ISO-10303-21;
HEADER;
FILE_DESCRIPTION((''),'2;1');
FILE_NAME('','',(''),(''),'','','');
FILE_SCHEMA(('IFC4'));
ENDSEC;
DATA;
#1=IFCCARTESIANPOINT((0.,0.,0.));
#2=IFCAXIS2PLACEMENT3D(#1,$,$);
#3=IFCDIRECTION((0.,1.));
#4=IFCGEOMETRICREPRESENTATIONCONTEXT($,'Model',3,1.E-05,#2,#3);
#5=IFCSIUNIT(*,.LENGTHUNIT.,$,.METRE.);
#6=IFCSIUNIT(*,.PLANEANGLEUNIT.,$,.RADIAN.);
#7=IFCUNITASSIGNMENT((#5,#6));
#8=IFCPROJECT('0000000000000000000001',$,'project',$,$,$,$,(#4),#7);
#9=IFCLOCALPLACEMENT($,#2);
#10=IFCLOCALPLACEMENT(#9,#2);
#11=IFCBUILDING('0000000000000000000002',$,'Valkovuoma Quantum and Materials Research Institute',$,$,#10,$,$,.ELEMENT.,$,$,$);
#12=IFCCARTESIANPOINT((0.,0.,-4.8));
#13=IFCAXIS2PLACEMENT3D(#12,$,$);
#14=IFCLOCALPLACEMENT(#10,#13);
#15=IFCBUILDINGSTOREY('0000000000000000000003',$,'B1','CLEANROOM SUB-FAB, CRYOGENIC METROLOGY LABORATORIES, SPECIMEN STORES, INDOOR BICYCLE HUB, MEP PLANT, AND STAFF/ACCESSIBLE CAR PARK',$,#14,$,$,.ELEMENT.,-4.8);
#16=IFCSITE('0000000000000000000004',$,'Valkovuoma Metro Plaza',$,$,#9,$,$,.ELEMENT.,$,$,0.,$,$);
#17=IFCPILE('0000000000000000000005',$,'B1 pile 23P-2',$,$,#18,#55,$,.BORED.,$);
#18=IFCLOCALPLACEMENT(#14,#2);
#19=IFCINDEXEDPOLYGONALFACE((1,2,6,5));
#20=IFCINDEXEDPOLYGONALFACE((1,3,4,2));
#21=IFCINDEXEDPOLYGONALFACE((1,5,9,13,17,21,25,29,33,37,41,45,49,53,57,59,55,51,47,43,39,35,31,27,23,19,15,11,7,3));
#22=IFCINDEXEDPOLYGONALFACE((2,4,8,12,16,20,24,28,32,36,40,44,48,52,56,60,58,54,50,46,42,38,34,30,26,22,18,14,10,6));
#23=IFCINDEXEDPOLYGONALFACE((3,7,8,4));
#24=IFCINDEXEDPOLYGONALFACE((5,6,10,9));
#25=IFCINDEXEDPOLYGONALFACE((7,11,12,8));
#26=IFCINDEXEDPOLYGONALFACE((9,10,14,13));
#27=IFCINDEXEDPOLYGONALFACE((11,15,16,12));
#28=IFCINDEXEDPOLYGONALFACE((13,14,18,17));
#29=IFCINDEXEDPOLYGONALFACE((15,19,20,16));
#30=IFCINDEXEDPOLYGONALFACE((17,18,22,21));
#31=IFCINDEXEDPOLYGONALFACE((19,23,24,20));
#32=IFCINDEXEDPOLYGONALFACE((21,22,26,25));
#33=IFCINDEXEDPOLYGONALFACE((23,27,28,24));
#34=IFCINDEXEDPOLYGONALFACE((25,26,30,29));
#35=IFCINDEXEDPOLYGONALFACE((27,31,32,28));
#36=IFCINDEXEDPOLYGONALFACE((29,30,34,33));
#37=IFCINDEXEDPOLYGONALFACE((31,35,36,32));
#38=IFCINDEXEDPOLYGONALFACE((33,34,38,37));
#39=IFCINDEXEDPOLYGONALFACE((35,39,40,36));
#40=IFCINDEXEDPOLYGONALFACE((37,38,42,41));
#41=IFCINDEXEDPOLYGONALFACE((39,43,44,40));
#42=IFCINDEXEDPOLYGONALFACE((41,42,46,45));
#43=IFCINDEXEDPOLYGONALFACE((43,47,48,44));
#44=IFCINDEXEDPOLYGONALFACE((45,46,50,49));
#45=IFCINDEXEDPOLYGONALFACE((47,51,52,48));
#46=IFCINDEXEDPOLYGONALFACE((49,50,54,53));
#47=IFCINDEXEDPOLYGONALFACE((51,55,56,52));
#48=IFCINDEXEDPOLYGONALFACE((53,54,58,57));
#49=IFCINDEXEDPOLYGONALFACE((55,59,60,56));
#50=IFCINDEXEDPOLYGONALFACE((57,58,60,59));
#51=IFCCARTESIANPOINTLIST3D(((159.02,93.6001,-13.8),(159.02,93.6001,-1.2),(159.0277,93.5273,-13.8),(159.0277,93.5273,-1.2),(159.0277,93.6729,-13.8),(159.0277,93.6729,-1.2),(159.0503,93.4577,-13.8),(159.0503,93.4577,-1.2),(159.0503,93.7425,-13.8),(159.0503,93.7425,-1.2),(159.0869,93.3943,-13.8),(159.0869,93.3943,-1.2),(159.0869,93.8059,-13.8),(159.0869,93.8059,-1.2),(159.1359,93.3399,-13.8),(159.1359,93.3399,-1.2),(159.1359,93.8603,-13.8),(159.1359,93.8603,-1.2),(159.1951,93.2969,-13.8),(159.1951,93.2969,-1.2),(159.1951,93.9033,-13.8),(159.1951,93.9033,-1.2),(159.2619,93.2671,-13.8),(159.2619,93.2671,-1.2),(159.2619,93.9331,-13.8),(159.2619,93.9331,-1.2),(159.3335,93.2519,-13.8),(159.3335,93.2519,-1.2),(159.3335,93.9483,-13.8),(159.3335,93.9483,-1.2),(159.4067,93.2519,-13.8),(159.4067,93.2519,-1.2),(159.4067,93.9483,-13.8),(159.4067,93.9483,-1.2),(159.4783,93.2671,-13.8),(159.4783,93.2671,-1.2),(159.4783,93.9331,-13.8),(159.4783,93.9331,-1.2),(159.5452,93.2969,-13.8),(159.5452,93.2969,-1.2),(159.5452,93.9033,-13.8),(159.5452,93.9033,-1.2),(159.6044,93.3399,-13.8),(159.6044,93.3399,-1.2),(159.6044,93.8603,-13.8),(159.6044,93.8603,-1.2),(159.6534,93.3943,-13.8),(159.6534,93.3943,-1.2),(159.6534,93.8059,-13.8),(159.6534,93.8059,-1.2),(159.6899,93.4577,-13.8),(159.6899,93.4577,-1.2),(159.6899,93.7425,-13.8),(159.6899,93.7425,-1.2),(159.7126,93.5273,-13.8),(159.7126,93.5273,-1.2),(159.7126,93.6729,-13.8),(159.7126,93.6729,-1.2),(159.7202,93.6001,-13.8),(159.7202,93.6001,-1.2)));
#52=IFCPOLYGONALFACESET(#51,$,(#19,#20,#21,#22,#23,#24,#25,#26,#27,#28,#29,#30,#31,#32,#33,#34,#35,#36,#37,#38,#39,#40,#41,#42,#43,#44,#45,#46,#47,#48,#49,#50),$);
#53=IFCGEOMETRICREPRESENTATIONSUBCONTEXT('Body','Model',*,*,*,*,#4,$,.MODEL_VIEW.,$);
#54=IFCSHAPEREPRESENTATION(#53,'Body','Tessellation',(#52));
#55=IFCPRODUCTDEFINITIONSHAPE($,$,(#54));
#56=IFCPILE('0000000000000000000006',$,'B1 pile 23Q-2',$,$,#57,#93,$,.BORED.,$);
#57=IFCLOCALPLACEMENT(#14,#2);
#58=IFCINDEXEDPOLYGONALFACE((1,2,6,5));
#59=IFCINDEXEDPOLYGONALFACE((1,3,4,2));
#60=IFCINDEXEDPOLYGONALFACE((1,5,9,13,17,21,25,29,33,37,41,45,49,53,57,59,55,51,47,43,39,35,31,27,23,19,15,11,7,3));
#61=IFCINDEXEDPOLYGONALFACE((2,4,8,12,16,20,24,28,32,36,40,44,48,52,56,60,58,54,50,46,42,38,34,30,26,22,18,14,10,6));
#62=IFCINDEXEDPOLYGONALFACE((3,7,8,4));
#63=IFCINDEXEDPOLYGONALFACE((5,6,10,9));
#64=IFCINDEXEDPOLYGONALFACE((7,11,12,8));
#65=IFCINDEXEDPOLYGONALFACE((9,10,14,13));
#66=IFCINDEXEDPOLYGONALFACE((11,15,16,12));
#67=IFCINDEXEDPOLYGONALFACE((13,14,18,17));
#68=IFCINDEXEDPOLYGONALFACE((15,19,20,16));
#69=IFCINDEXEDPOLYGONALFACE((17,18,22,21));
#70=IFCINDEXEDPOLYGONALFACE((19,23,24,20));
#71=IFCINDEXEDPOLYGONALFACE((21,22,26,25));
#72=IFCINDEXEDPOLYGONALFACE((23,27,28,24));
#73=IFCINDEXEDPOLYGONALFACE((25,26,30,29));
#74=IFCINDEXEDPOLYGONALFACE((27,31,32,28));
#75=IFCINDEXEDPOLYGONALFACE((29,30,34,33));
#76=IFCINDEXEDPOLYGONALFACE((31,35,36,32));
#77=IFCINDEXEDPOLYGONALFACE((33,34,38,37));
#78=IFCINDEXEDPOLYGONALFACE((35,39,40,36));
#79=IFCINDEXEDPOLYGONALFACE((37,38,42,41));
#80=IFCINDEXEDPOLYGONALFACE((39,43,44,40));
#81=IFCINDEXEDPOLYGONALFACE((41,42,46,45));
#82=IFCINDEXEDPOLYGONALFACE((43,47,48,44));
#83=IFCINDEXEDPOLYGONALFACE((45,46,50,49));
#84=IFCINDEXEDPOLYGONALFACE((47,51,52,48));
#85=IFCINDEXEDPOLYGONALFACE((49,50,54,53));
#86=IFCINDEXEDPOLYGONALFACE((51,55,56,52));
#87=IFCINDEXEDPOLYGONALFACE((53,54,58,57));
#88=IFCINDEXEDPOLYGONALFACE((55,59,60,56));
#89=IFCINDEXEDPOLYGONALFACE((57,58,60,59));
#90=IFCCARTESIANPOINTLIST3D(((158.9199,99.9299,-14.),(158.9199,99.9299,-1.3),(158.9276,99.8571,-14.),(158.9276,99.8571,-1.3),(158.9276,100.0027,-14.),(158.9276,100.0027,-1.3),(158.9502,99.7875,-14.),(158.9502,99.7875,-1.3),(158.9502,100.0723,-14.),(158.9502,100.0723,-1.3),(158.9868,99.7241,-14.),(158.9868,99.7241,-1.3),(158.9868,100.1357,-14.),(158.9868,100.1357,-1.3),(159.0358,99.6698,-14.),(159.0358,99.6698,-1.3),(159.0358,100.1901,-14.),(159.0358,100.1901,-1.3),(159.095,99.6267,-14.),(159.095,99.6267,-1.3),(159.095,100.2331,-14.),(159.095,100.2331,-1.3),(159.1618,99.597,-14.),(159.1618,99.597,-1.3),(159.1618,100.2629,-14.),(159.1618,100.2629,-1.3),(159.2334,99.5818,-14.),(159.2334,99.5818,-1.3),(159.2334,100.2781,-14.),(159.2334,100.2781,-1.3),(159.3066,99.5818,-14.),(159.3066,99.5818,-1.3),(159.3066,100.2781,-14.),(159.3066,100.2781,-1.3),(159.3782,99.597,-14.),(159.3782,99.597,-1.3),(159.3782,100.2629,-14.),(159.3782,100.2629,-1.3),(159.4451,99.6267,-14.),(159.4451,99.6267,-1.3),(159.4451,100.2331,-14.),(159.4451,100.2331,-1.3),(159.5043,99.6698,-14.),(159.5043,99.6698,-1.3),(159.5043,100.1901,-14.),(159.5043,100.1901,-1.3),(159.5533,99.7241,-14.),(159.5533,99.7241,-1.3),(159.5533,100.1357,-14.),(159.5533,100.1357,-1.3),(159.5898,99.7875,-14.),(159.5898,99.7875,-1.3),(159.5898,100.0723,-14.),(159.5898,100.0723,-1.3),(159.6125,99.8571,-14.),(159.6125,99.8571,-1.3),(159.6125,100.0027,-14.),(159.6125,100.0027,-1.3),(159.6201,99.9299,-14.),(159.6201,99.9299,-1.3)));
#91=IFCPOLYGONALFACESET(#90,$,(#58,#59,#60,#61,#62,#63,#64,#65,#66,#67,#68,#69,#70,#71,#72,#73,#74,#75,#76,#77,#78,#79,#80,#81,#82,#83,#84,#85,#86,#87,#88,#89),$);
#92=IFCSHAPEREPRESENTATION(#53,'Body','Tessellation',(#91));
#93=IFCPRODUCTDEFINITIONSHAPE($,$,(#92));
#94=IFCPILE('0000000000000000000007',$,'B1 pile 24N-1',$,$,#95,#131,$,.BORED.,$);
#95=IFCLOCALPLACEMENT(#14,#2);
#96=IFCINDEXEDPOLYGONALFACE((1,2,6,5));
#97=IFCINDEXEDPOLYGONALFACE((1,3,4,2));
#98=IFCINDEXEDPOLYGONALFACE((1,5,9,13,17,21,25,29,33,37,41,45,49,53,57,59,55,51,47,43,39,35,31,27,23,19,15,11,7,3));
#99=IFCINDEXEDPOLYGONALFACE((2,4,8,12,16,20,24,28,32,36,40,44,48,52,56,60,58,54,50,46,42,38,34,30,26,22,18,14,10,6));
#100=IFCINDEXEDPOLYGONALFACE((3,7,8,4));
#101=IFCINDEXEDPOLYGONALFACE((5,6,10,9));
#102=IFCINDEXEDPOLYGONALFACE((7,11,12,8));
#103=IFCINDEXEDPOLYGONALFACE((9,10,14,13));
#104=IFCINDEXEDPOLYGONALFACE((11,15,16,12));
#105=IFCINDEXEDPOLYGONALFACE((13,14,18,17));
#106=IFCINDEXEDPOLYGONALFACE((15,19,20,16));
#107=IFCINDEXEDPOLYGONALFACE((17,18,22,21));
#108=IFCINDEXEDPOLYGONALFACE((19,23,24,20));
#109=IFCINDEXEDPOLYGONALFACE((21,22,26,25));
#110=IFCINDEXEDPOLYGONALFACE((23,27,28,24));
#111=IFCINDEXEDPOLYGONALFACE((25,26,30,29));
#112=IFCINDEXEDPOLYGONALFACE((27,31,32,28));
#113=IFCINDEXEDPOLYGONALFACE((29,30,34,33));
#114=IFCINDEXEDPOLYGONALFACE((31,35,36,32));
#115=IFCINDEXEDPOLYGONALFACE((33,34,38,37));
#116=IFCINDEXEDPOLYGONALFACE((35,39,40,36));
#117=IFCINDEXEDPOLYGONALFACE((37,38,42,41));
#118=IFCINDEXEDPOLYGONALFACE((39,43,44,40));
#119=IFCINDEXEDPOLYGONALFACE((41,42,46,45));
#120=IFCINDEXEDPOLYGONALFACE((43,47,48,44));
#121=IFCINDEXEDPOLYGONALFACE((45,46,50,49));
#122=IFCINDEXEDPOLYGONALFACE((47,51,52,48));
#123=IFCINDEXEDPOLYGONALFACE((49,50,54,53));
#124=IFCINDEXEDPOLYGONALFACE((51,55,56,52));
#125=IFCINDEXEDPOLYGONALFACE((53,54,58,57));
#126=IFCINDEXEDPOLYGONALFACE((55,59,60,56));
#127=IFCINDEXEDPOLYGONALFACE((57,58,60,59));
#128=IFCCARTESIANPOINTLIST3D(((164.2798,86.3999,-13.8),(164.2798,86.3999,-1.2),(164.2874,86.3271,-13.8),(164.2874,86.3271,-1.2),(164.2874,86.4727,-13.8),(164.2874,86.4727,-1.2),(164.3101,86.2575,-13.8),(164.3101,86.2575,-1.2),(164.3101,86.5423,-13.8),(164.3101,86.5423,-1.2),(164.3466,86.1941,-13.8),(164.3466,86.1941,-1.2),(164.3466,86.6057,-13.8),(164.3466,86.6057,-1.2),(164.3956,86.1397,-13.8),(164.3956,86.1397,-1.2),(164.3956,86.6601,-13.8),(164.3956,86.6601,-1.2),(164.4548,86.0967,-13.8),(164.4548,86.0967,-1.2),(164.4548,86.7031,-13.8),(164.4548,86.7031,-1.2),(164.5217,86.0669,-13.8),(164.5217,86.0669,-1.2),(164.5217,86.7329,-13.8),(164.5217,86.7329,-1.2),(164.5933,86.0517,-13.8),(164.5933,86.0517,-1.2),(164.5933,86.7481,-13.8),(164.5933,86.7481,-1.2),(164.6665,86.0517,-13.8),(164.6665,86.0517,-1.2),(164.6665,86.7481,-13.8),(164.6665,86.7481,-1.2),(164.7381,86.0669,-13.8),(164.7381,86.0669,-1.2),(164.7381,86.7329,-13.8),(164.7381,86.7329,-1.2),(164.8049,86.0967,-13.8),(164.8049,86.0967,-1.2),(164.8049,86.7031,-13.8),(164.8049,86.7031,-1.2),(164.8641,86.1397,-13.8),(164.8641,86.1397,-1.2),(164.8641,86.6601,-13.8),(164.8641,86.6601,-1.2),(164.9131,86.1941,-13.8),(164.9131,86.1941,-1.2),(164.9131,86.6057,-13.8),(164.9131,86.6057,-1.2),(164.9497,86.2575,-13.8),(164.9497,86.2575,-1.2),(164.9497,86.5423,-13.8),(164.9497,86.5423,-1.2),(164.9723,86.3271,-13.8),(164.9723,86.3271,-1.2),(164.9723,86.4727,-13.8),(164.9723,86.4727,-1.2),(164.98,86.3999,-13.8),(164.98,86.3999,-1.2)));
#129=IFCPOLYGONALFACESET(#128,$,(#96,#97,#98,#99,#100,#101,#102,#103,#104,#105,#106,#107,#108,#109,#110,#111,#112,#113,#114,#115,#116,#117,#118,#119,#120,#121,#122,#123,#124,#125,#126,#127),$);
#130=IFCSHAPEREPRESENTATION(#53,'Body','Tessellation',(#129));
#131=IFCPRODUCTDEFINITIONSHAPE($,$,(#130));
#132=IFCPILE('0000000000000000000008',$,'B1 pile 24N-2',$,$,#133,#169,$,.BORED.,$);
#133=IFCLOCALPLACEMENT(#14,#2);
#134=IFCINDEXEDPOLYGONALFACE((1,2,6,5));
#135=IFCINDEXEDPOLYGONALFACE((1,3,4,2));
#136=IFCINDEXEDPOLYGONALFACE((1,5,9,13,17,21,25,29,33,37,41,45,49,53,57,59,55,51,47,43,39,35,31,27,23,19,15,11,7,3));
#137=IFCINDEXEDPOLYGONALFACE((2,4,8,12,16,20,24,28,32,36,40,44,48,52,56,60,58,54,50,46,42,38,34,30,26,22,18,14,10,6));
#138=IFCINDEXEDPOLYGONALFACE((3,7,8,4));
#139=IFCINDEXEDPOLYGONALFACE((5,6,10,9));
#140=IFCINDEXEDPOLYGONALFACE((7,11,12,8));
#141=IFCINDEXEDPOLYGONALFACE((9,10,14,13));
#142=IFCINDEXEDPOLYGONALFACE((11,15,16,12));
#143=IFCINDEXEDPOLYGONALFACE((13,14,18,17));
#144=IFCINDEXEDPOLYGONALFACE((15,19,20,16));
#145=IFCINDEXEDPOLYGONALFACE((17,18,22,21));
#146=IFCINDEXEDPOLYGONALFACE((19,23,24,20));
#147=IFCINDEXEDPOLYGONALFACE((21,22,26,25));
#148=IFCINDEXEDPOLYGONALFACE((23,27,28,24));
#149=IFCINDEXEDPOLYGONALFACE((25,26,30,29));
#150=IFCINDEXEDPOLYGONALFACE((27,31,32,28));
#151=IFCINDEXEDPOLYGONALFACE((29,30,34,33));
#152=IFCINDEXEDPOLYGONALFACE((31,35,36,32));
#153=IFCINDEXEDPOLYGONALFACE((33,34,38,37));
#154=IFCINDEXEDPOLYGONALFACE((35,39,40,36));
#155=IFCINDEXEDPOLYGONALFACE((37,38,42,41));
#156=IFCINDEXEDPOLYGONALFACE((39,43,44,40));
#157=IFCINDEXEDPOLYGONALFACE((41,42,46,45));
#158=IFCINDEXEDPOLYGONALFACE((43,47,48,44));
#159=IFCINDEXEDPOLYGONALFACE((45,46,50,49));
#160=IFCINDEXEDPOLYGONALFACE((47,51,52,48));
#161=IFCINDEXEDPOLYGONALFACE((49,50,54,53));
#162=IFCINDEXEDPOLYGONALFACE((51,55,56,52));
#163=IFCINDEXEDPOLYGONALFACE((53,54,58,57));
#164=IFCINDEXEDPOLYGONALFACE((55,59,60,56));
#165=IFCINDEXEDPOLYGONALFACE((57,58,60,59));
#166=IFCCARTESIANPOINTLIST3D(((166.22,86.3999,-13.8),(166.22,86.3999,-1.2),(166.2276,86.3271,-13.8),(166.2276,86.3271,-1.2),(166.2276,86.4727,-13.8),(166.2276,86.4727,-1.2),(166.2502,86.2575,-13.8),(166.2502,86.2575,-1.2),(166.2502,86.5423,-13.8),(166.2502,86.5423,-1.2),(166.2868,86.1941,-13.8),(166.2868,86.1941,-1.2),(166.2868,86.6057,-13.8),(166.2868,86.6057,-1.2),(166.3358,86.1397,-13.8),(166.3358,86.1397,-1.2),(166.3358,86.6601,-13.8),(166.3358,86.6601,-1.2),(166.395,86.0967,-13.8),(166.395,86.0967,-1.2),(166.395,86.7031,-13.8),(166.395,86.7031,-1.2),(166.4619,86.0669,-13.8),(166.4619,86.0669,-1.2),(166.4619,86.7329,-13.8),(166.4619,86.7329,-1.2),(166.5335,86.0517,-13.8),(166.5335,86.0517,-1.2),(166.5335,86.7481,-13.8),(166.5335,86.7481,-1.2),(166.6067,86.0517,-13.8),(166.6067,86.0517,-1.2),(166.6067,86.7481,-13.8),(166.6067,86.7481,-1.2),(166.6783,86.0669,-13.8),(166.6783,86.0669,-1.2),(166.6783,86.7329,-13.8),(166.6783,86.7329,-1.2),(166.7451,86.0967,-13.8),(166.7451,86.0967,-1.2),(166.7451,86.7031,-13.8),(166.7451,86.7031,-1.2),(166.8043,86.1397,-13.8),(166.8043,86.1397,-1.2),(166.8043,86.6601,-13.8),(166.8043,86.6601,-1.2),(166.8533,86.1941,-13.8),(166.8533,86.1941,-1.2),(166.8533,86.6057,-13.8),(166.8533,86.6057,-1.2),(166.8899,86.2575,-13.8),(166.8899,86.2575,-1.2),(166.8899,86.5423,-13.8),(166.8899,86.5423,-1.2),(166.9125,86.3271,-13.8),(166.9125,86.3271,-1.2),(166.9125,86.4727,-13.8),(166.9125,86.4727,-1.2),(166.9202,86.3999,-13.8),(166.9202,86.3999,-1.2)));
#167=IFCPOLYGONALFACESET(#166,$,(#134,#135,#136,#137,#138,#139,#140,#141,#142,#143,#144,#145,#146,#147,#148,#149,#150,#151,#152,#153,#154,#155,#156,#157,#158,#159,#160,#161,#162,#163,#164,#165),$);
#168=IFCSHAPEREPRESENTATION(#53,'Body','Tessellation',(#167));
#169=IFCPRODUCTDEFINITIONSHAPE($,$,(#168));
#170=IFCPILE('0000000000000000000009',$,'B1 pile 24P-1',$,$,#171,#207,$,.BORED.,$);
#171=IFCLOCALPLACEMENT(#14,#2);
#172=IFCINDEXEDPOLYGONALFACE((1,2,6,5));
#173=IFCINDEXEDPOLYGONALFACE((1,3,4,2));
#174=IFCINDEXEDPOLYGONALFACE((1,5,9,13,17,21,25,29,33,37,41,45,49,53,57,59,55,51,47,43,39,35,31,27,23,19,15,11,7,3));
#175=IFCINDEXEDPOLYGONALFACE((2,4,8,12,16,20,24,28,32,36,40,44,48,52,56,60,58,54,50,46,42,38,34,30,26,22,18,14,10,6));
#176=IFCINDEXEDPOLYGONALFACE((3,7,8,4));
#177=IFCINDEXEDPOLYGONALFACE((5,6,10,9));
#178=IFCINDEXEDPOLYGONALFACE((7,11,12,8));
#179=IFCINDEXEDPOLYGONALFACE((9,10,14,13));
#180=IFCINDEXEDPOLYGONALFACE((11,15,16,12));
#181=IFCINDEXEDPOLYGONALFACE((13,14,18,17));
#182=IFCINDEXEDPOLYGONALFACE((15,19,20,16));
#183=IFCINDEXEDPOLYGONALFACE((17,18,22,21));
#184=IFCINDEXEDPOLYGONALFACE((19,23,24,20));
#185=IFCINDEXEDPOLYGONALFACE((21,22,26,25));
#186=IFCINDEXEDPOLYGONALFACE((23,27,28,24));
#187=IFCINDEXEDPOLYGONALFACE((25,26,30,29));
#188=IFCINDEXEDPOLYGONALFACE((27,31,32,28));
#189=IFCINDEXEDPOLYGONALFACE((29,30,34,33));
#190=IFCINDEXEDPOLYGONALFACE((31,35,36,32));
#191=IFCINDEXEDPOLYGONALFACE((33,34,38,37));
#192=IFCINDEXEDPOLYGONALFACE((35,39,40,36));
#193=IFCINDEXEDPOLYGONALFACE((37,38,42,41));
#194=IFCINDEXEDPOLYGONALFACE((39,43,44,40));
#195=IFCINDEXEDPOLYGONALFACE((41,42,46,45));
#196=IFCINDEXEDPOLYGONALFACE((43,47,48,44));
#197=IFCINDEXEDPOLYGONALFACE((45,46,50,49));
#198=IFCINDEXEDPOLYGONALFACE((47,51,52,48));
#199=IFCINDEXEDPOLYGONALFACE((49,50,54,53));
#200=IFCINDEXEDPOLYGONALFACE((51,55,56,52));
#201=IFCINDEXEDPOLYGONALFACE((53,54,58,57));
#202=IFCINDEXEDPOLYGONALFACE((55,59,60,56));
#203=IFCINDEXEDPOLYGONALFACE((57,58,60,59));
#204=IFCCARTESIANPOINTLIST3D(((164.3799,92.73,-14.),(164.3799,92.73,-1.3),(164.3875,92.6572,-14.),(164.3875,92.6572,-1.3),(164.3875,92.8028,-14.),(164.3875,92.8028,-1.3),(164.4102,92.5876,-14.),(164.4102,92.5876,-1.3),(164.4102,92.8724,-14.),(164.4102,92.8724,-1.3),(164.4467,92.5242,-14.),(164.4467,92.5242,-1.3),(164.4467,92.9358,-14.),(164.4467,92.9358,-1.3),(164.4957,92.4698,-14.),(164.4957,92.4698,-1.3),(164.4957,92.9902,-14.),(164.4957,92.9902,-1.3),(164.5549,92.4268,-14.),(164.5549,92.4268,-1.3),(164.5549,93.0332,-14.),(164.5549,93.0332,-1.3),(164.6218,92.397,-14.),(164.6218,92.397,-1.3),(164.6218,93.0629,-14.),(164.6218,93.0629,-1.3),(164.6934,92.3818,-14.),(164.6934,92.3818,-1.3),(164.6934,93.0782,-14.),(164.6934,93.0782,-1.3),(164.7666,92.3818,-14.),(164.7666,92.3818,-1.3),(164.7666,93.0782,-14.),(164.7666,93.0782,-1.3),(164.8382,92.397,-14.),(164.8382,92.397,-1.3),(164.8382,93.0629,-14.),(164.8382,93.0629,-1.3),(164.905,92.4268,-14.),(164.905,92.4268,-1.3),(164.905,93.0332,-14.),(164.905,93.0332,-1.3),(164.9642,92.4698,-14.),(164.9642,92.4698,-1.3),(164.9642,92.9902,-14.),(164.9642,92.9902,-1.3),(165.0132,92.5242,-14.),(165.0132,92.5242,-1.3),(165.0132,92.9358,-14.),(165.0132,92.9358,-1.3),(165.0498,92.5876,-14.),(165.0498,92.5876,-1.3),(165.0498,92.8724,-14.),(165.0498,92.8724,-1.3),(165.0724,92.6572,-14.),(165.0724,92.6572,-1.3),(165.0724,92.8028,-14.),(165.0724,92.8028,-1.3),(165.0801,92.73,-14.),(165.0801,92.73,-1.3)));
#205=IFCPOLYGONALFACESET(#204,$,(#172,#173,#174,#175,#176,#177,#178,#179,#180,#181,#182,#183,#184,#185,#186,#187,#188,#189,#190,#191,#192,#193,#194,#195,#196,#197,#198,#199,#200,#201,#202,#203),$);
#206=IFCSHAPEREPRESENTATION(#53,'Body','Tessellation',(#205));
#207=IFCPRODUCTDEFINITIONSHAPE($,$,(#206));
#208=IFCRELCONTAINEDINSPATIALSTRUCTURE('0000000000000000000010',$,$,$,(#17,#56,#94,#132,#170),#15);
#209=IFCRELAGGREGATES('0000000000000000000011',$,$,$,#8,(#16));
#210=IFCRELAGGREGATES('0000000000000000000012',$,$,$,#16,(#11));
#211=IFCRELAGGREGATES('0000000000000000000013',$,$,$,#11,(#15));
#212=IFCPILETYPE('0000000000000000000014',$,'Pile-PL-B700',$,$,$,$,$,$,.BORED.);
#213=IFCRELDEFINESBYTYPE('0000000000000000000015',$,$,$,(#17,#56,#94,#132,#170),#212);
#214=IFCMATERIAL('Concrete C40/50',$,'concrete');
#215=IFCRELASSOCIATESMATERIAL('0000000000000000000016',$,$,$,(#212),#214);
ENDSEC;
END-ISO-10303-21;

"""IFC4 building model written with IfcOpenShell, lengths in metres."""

from ifc_helpers import new_model, si_unit, direction, frame, origin, origin_2d, place, context, subcontext, project, spatial, circle, extrude, material, material_profile, profile_set, type_object, element, save


model = new_model("IFC4")

# Units and contexts
model_context = context("Model", 3, precision=1e-05, world=origin(), true_north=direction((0.0, 1.0)))
body_context = subcontext(model_context, "Body", "Model", "MODEL_VIEW")
ifc_project = project(units=[si_unit("LENGTHUNIT", "METRE"), si_unit("PLANEANGLEUNIT", "RADIAN")], contexts=[model_context])

# Site, building, storey
site_placement = place(None, origin())
site = spatial("IfcSite", under=ifc_project, at=site_placement, Name="Valkovuoma Metro Plaza", CompositionType="ELEMENT", RefElevation=0.0)
building_placement = place(site_placement, origin())
building = spatial("IfcBuilding", under=site, at=building_placement, Name="Valkovuoma Quantum and Materials Research Institute", CompositionType="ELEMENT")
storey_placement = place(building_placement, frame((0.0, 0.0, -4.8)))
storey = spatial("IfcBuildingStorey", under=building, at=storey_placement, Name="B1", Description="CLEANROOM SUB-FAB, CRYOGENIC METROLOGY LABORATORIES, SPECIMEN STORES, INDOOR BICYCLE HUB, MEP PLANT, AND STAFF/ACCESSIBLE CAR PARK", CompositionType="ELEMENT", Elevation=-4.8)

# Piles
ifc_material_1 = material(Name="Concrete C40/50", Category="concrete")
ifc_material_profile_1 = material_profile(ifc_material_1, circle(Radius=0.3501, at=origin_2d()), Name="Concrete C40/50")
ifc_profile_set_1 = profile_set([ifc_material_profile_1], Name="Concrete C40/50")
pile_type_1 = type_object("IfcPileType", Name="Pile-PL-B700", PredefinedType="BORED", material=ifc_profile_set_1)
pile_1_placement = place(storey_placement, frame((159.3701, 93.6001, -1.2), z_axis=(0.0, 0.0, -1.0), x_axis=(1.0, 0.0, 0.0)))
element("IfcPile", 1, at=pile_1_placement, inside=storey, type_object=pile_type_1, Name="B1 pile 23P-2", PredefinedType="BORED", context=body_context, shape_type="SweptSolid", body=[
    extrude(circle(Radius=0.3501, at=origin_2d()), origin(), (0.0, 0.0, 1.0), 12.6001),
])
pile_2_placement = place(storey_placement, frame((159.27, 99.9299, -1.3), z_axis=(0.0, 0.0, -1.0), x_axis=(1.0, 0.0, 0.0)))
element("IfcPile", 2, at=pile_2_placement, inside=storey, type_object=pile_type_1, Name="B1 pile 23Q-2", PredefinedType="BORED", context=body_context, shape_type="SweptSolid", body=[
    extrude(circle(Radius=0.3501, at=origin_2d()), origin(), (0.0, 0.0, 1.0), 12.7),
])
for number, where, z_axis, x_axis, name in (
    (3, (164.6299, 86.3999, -1.2), (0.0, 0.0, -1.0), (1.0, 0.0, 0.0), "B1 pile 24N-1"),
    (4, (166.5701, 86.3999, -1.2), (0.0, 0.0, -1.0), (1.0, 0.0, 0.0), "B1 pile 24N-2"),
):
    element("IfcPile", number, at=place(storey_placement, frame(where, z_axis=z_axis, x_axis=x_axis)), inside=storey, type_object=pile_type_1, Name=name, PredefinedType="BORED", context=body_context, shape_type="SweptSolid", body=[
        extrude(circle(Radius=0.3501, at=origin_2d()), origin(), (0.0, 0.0, 1.0), 12.6001),
    ])
for number, where, z_axis, x_axis, name in (
    (5, (164.73, 92.73, -1.3), (0.0, 0.0, -1.0), (1.0, 0.0, 0.0), "B1 pile 24P-1"),
):
    element("IfcPile", number, at=place(storey_placement, frame(where, z_axis=z_axis, x_axis=x_axis)), inside=storey, type_object=pile_type_1, Name=name, PredefinedType="BORED", context=body_context, shape_type="SweptSolid", body=[
        extrude(circle(Radius=0.3501, at=origin_2d()), origin(), (0.0, 0.0, 1.0), 12.7),
    ])

save(model, "model.ifc")
